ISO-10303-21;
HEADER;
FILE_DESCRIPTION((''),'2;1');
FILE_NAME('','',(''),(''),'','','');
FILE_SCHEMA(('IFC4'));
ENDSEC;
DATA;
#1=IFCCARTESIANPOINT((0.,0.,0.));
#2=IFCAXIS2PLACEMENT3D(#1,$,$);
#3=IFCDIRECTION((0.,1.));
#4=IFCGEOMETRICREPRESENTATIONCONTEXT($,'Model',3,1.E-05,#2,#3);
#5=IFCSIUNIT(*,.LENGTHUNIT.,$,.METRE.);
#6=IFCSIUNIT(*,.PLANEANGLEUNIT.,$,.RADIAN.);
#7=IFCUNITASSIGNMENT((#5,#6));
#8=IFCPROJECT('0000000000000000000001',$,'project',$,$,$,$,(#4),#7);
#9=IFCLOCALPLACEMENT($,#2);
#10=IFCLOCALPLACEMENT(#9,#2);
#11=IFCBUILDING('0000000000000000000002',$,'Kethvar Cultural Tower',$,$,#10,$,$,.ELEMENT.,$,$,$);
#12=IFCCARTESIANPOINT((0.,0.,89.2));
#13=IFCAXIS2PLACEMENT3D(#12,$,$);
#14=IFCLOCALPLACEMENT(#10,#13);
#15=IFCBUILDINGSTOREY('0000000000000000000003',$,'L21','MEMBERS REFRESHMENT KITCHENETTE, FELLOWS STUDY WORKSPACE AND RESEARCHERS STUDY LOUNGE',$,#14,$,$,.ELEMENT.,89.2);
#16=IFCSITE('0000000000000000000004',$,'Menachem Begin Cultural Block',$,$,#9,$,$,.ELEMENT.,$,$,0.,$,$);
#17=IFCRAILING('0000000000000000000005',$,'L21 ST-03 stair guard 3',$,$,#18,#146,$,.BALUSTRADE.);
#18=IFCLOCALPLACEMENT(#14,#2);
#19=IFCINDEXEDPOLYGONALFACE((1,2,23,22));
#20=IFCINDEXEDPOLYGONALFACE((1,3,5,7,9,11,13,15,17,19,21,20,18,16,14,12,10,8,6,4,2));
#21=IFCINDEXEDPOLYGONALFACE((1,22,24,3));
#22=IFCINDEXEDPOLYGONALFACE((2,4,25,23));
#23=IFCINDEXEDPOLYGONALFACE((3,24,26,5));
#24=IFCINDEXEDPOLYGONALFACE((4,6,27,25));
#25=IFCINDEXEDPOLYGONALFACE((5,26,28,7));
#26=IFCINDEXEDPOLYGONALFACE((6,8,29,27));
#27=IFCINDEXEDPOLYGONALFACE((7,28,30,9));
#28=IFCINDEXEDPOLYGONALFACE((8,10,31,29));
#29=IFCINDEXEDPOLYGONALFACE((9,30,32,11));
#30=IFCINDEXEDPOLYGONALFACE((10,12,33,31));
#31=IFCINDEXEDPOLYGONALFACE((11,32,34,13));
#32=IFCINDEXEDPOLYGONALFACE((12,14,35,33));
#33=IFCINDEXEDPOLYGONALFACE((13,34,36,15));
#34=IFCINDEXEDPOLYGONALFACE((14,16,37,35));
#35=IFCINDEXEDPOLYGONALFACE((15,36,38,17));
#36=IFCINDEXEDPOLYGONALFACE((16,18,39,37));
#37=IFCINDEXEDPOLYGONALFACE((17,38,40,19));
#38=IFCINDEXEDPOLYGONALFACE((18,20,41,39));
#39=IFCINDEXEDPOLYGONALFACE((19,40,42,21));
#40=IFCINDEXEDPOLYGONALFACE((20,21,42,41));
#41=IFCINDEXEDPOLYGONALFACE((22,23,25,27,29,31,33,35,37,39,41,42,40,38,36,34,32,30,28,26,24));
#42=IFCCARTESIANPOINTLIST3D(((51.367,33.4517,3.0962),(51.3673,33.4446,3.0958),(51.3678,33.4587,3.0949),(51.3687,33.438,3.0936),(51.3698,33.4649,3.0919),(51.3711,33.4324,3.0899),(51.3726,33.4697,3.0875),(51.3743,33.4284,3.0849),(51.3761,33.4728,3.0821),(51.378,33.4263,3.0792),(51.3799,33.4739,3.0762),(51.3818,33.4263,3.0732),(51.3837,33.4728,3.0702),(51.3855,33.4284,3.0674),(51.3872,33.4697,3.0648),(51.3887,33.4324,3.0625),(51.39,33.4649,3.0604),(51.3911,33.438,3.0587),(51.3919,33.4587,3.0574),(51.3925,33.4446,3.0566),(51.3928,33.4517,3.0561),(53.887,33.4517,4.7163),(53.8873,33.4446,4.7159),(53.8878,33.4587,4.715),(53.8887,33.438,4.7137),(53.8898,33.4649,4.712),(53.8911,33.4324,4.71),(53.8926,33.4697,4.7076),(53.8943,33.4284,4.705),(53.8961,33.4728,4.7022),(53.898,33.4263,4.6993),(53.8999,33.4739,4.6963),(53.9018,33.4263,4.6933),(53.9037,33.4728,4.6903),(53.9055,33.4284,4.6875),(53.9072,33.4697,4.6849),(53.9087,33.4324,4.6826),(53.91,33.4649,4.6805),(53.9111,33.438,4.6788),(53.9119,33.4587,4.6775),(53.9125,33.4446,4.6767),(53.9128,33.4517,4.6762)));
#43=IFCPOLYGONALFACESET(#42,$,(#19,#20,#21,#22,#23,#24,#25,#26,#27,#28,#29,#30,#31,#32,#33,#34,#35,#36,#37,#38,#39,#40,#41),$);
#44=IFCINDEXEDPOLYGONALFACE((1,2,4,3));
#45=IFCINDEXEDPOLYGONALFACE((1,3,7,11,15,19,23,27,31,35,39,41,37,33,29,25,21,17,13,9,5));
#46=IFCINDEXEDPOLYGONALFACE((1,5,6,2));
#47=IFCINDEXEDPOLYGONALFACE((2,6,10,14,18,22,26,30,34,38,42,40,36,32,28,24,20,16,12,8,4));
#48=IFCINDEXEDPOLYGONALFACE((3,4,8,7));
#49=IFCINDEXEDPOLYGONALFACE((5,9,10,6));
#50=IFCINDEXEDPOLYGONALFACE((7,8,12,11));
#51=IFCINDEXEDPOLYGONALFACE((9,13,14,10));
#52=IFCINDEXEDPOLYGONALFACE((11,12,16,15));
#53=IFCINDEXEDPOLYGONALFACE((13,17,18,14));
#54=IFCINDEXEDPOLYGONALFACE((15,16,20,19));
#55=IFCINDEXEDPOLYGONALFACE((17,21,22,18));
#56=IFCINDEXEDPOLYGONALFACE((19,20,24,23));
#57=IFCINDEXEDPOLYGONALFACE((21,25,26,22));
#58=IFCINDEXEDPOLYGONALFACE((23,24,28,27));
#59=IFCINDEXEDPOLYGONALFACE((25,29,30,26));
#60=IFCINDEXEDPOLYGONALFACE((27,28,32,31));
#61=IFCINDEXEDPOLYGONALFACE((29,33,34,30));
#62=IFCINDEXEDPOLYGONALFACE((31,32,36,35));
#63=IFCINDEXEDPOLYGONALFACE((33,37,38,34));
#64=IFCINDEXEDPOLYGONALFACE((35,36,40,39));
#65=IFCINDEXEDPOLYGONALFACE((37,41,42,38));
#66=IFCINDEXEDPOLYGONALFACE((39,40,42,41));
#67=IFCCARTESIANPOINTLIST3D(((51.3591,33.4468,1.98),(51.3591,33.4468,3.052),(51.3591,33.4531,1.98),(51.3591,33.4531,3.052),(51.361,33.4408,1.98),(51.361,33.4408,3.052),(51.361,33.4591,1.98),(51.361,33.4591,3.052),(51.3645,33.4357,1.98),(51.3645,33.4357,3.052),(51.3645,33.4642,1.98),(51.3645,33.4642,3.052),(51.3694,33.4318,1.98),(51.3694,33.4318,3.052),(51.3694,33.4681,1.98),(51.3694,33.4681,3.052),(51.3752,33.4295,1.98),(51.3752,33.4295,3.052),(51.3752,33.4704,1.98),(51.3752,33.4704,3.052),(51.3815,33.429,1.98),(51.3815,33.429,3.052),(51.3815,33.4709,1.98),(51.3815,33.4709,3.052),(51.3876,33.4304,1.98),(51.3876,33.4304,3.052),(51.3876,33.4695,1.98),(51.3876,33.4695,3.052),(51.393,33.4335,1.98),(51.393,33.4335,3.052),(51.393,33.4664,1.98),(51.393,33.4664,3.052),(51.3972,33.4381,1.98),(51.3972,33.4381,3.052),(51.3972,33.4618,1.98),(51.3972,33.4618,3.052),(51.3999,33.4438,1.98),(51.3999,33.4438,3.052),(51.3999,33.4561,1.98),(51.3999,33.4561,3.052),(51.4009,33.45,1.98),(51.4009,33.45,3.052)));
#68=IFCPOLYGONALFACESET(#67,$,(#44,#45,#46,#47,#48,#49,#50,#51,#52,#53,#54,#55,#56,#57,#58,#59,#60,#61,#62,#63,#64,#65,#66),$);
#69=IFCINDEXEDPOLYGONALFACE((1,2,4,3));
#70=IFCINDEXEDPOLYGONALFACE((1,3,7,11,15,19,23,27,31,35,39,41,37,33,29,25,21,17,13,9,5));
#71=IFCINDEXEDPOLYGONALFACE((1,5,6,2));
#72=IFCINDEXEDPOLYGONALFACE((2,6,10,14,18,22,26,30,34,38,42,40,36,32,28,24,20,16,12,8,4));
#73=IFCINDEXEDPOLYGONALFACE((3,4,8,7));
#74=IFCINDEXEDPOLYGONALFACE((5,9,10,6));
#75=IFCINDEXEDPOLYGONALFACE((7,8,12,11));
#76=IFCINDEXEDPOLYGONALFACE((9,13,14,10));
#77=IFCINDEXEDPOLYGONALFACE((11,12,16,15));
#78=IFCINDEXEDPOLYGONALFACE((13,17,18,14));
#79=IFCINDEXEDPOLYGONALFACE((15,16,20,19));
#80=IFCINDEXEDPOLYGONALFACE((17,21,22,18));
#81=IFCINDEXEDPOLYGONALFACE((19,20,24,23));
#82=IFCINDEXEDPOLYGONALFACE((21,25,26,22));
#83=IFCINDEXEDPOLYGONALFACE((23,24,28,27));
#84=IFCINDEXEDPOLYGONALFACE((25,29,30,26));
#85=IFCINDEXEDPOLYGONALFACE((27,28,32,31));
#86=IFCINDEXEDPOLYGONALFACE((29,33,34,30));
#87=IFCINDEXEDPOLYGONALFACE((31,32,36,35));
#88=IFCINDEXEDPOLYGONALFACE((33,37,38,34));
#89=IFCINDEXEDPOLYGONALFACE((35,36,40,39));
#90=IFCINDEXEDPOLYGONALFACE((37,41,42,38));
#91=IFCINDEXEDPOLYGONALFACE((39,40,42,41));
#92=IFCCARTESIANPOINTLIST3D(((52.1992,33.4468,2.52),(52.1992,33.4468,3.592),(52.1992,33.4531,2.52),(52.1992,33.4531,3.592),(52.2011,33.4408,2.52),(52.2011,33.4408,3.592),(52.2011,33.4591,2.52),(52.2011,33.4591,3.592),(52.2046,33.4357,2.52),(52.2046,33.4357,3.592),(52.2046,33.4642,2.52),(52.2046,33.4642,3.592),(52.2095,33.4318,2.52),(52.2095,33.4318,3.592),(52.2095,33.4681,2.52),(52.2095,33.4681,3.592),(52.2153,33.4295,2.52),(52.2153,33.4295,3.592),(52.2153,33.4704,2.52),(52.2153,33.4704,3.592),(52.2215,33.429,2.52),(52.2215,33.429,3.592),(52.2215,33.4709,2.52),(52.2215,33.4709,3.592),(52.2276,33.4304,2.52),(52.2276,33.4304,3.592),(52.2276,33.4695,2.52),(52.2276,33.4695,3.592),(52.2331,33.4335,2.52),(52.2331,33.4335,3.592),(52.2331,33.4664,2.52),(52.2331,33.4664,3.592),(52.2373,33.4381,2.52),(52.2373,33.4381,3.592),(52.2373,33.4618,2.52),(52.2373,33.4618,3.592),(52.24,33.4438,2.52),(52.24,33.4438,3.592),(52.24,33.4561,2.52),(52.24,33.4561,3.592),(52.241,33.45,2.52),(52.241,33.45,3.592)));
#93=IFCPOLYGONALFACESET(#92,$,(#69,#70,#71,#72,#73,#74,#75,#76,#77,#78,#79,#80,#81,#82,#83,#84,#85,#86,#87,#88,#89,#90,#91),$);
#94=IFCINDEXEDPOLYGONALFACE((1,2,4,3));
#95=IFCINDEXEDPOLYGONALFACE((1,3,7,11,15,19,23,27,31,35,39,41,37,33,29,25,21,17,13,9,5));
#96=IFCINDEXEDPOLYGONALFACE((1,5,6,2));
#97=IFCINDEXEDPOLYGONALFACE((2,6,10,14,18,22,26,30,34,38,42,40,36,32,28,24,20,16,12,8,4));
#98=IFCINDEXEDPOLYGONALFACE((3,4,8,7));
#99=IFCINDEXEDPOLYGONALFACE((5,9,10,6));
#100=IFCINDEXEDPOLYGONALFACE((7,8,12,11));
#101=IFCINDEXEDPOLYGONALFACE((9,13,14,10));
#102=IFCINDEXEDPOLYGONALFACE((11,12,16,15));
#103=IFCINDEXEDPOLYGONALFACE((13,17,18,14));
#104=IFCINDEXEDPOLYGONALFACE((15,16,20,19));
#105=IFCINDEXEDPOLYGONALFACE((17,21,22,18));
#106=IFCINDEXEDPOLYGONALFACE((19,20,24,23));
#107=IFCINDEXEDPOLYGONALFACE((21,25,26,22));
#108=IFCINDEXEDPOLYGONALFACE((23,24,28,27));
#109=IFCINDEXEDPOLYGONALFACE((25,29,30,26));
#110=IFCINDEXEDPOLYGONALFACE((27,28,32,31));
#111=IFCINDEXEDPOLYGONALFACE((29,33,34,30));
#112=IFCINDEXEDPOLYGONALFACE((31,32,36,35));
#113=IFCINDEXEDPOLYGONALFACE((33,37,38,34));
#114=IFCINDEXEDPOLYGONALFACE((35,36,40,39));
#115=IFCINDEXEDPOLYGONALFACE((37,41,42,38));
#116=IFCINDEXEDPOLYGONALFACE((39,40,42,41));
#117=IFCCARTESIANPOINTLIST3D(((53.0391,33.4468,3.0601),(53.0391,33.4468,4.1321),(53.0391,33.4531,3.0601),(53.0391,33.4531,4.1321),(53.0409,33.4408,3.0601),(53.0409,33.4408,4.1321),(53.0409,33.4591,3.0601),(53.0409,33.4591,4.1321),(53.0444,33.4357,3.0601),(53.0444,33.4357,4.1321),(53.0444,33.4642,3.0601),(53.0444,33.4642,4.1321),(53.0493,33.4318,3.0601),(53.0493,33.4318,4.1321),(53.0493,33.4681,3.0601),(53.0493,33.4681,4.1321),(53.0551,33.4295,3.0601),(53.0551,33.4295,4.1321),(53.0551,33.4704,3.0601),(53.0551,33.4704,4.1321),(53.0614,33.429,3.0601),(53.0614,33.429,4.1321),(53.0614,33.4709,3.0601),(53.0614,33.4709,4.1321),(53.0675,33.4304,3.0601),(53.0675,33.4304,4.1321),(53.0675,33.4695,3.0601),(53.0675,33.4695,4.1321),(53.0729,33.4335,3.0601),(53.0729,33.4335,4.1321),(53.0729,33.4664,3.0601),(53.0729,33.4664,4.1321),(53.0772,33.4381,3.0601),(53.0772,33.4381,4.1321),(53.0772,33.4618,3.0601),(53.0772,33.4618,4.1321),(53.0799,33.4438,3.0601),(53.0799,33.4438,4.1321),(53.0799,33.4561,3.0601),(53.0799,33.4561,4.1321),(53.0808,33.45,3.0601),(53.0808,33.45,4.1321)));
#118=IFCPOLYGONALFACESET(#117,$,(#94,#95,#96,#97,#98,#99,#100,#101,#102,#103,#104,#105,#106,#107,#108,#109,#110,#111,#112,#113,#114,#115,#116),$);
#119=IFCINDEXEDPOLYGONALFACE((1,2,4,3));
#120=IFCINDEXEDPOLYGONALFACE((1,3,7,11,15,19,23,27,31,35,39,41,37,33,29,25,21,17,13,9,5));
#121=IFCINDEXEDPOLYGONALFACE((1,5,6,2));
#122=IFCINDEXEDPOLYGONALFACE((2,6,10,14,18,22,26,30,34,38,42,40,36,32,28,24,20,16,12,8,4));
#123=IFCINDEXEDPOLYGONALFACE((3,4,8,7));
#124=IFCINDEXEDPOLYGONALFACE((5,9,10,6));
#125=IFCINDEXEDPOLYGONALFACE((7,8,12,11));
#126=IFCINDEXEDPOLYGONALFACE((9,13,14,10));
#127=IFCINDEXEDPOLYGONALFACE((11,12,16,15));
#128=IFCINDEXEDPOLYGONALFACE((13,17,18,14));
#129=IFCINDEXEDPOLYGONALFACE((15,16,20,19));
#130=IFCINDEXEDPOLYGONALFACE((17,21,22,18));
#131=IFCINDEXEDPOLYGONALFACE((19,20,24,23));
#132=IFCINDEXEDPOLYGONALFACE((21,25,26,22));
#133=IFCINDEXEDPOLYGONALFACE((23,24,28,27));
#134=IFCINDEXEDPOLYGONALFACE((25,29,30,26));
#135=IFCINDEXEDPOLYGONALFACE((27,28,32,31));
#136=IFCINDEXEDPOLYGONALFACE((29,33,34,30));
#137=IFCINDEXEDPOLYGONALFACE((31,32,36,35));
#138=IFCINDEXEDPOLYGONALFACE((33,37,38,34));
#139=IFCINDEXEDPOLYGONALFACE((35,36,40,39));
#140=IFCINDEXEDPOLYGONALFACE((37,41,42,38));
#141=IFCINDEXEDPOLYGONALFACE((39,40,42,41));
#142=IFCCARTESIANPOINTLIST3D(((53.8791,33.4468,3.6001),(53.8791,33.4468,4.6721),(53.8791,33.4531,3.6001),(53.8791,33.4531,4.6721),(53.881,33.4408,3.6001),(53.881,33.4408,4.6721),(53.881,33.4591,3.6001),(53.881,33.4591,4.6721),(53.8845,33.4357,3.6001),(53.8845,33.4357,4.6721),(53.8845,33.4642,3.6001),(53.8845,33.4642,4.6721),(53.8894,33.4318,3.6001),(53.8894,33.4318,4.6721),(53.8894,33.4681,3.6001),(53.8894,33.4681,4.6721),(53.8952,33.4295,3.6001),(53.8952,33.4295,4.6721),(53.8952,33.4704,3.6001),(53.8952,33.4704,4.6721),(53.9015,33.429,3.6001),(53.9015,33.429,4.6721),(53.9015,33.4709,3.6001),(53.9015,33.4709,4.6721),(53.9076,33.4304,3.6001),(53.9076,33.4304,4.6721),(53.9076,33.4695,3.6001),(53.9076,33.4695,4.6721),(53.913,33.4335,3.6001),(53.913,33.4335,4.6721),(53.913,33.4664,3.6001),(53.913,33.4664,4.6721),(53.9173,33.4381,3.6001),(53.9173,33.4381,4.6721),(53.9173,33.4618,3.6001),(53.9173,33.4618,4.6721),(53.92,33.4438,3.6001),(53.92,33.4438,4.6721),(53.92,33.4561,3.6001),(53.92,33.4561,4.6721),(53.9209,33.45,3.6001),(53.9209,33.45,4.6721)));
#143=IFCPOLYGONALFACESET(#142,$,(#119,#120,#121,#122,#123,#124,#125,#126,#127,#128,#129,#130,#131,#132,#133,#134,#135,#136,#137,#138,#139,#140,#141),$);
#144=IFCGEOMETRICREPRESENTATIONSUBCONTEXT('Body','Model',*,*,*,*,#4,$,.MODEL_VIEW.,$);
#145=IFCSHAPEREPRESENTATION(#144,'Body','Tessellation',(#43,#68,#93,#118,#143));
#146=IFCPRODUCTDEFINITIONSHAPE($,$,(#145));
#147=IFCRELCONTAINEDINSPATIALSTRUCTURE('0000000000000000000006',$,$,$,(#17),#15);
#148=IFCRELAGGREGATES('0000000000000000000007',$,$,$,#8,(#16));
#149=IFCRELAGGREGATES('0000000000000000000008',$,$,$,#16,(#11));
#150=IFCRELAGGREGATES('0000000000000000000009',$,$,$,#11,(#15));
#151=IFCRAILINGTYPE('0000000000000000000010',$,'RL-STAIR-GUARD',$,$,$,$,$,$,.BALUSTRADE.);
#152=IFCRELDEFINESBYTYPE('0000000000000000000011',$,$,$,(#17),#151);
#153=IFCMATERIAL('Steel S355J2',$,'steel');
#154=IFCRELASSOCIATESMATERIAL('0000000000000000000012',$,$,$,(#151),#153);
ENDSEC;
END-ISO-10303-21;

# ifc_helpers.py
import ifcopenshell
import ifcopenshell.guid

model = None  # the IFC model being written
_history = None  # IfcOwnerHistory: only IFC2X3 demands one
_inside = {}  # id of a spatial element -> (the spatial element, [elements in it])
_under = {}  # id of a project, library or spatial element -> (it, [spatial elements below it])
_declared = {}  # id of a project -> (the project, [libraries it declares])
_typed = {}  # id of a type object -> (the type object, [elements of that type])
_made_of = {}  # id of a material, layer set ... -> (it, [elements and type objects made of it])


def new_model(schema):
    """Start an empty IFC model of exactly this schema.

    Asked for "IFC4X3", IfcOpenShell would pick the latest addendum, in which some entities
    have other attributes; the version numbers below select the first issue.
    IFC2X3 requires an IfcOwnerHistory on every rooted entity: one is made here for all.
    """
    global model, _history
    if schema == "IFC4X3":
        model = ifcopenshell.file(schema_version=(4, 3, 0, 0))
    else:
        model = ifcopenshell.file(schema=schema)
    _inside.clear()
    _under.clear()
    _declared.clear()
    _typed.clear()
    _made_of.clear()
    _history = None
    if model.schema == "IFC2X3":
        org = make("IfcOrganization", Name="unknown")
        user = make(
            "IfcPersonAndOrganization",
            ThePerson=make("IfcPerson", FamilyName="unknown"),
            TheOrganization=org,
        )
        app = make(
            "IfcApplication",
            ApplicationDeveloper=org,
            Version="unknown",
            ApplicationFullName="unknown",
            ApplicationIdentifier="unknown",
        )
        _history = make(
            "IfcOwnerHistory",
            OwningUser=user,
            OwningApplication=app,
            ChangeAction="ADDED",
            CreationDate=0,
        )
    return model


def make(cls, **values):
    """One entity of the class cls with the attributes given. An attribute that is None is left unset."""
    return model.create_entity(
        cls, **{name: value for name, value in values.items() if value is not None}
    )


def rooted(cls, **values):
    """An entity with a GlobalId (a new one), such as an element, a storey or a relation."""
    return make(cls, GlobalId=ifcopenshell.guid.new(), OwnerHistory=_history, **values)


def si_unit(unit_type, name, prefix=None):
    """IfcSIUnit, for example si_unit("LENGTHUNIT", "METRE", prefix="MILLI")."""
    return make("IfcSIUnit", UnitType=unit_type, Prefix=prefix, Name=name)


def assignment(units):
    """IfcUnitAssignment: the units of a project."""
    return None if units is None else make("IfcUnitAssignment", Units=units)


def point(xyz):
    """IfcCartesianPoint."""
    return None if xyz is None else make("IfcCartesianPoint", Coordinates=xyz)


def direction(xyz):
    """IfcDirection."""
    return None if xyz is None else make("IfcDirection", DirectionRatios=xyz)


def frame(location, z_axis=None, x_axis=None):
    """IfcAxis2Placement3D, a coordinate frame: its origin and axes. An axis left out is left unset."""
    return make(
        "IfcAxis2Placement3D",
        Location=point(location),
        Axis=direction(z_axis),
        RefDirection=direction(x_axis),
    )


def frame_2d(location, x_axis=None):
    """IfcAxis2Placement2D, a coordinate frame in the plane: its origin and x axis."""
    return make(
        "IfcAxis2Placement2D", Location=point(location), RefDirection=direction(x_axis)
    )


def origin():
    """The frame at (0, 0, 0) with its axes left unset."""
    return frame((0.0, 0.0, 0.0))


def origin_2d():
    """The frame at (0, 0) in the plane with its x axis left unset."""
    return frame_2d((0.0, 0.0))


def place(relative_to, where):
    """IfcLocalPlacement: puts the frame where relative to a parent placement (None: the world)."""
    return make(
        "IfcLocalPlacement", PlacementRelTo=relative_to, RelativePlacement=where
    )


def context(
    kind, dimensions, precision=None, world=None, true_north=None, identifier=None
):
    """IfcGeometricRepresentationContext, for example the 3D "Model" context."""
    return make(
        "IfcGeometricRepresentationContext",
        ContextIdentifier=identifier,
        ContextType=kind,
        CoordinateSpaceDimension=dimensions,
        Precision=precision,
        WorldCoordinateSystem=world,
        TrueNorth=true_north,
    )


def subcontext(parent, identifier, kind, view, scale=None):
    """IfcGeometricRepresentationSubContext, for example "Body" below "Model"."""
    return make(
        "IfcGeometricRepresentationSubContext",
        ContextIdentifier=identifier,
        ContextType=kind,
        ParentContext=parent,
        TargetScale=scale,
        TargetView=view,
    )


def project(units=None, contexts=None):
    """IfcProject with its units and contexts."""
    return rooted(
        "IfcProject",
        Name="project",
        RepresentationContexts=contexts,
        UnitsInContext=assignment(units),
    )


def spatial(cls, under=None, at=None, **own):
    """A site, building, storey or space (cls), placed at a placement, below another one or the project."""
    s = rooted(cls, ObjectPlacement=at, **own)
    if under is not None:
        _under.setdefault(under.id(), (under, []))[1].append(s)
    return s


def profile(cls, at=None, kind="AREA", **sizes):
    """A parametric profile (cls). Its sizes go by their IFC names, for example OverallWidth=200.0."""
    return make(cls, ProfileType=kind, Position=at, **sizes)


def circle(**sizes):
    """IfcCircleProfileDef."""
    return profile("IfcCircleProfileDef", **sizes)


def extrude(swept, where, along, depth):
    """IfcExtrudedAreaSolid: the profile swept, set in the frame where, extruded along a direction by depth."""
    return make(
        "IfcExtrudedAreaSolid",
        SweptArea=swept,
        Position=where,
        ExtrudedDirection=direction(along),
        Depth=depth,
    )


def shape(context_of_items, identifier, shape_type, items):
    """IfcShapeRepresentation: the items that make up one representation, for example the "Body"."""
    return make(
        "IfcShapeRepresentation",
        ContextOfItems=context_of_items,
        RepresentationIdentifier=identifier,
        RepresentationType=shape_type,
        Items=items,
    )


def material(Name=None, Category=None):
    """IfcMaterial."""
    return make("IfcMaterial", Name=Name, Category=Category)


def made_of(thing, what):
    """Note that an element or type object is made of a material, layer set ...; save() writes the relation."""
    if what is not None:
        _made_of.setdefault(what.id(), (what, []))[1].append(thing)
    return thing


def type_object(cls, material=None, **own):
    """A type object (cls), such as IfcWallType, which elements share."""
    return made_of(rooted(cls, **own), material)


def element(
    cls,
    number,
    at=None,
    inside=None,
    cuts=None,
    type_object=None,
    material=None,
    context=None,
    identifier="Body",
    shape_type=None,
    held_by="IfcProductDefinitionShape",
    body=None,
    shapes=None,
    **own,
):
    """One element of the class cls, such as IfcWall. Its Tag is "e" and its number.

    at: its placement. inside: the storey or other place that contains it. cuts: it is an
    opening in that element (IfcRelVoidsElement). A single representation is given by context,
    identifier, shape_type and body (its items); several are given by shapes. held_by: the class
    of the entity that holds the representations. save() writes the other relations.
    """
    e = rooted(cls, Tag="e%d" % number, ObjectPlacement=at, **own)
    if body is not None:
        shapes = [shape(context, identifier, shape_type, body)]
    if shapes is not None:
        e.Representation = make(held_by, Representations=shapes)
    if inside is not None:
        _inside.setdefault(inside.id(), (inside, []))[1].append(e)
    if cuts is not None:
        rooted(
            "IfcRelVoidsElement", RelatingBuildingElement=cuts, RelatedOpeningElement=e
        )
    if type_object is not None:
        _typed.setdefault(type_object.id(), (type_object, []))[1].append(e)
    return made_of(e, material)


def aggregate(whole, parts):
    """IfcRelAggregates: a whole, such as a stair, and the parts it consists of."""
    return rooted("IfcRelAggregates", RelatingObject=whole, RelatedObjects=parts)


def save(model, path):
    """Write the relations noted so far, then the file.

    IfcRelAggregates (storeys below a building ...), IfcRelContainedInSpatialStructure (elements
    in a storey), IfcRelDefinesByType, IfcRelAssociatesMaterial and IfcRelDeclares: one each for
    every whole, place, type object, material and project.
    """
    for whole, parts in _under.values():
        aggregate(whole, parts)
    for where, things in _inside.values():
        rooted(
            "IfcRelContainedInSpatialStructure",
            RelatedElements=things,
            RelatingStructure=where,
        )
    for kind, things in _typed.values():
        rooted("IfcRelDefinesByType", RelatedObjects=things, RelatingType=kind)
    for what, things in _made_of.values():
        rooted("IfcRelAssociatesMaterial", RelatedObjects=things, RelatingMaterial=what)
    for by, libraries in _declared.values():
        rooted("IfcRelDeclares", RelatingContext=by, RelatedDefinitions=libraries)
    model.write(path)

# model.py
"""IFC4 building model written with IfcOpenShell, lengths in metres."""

from ifc_helpers import new_model, si_unit, direction, frame, origin, origin_2d, place, context, subcontext, project, spatial, circle, extrude, material, type_object, element, save


model = new_model("IFC4")

# Units and contexts
model_context = context("Model", 3, precision=1e-05, world=origin(), true_north=direction((0.0, 1.0)))
body_context = subcontext(model_context, "Body", "Model", "MODEL_VIEW")
ifc_project = project(units=[si_unit("LENGTHUNIT", "METRE"), si_unit("PLANEANGLEUNIT", "RADIAN")], contexts=[model_context])

# Site, building, storey
site_placement = place(None, origin())
site = spatial("IfcSite", under=ifc_project, at=site_placement, Name="Menachem Begin Cultural Block", CompositionType="ELEMENT", RefElevation=0.0)
building_placement = place(site_placement, origin())
building = spatial("IfcBuilding", under=site, at=building_placement, Name="Kethvar Cultural Tower", CompositionType="ELEMENT")
storey_placement = place(building_placement, frame((0.0, 0.0, 89.2)))
storey = spatial("IfcBuildingStorey", under=building, at=storey_placement, Name="L21", Description="MEMBERS REFRESHMENT KITCHENETTE, FELLOWS STUDY WORKSPACE AND RESEARCHERS STUDY LOUNGE", CompositionType="ELEMENT", Elevation=89.2)

# Shared definitions
ifc_material_1 = material(Name="Steel S355J2", Category="steel")

# Railing
railing_type_1 = type_object("IfcRailingType", Name="RL-STAIR-GUARD", PredefinedType="BALUSTRADE", material=ifc_material_1)
railing_1_placement = place(storey_placement, frame((51.3799, 33.45, 1.98)))
element("IfcRailing", 1, at=railing_1_placement, inside=storey, type_object=railing_type_1, Name="L21 ST-03 stair guard 3", PredefinedType="BALUSTRADE", context=body_context, shape_type="SweptSolid", body=[
    extrude(circle(Radius=0.0239, at=origin_2d()), frame((0.0, 0.0, 1.0962), z_axis=(0.841163, 0.0, 0.540782), x_axis=(0.0, 1.0, 0.0)), (0.0, 0.0, 1.0), 2.9958),
    extrude(circle(Radius=0.021, at=origin_2d()), origin(), (0.0, 0.0, 1.0), 1.072),
    extrude(circle(Radius=0.021, at=origin_2d()), frame((0.8401, 0.0, 0.54)), (0.0, 0.0, 1.0), 1.072),
    extrude(circle(Radius=0.021, at=origin_2d()), frame((1.6799, 0.0, 1.0801)), (0.0, 0.0, 1.0), 1.072),
    extrude(circle(Radius=0.021, at=origin_2d()), frame((2.52, 0.0, 1.6201)), (0.0, 0.0, 1.0), 1.072),
])

save(model, "model.ifc")
